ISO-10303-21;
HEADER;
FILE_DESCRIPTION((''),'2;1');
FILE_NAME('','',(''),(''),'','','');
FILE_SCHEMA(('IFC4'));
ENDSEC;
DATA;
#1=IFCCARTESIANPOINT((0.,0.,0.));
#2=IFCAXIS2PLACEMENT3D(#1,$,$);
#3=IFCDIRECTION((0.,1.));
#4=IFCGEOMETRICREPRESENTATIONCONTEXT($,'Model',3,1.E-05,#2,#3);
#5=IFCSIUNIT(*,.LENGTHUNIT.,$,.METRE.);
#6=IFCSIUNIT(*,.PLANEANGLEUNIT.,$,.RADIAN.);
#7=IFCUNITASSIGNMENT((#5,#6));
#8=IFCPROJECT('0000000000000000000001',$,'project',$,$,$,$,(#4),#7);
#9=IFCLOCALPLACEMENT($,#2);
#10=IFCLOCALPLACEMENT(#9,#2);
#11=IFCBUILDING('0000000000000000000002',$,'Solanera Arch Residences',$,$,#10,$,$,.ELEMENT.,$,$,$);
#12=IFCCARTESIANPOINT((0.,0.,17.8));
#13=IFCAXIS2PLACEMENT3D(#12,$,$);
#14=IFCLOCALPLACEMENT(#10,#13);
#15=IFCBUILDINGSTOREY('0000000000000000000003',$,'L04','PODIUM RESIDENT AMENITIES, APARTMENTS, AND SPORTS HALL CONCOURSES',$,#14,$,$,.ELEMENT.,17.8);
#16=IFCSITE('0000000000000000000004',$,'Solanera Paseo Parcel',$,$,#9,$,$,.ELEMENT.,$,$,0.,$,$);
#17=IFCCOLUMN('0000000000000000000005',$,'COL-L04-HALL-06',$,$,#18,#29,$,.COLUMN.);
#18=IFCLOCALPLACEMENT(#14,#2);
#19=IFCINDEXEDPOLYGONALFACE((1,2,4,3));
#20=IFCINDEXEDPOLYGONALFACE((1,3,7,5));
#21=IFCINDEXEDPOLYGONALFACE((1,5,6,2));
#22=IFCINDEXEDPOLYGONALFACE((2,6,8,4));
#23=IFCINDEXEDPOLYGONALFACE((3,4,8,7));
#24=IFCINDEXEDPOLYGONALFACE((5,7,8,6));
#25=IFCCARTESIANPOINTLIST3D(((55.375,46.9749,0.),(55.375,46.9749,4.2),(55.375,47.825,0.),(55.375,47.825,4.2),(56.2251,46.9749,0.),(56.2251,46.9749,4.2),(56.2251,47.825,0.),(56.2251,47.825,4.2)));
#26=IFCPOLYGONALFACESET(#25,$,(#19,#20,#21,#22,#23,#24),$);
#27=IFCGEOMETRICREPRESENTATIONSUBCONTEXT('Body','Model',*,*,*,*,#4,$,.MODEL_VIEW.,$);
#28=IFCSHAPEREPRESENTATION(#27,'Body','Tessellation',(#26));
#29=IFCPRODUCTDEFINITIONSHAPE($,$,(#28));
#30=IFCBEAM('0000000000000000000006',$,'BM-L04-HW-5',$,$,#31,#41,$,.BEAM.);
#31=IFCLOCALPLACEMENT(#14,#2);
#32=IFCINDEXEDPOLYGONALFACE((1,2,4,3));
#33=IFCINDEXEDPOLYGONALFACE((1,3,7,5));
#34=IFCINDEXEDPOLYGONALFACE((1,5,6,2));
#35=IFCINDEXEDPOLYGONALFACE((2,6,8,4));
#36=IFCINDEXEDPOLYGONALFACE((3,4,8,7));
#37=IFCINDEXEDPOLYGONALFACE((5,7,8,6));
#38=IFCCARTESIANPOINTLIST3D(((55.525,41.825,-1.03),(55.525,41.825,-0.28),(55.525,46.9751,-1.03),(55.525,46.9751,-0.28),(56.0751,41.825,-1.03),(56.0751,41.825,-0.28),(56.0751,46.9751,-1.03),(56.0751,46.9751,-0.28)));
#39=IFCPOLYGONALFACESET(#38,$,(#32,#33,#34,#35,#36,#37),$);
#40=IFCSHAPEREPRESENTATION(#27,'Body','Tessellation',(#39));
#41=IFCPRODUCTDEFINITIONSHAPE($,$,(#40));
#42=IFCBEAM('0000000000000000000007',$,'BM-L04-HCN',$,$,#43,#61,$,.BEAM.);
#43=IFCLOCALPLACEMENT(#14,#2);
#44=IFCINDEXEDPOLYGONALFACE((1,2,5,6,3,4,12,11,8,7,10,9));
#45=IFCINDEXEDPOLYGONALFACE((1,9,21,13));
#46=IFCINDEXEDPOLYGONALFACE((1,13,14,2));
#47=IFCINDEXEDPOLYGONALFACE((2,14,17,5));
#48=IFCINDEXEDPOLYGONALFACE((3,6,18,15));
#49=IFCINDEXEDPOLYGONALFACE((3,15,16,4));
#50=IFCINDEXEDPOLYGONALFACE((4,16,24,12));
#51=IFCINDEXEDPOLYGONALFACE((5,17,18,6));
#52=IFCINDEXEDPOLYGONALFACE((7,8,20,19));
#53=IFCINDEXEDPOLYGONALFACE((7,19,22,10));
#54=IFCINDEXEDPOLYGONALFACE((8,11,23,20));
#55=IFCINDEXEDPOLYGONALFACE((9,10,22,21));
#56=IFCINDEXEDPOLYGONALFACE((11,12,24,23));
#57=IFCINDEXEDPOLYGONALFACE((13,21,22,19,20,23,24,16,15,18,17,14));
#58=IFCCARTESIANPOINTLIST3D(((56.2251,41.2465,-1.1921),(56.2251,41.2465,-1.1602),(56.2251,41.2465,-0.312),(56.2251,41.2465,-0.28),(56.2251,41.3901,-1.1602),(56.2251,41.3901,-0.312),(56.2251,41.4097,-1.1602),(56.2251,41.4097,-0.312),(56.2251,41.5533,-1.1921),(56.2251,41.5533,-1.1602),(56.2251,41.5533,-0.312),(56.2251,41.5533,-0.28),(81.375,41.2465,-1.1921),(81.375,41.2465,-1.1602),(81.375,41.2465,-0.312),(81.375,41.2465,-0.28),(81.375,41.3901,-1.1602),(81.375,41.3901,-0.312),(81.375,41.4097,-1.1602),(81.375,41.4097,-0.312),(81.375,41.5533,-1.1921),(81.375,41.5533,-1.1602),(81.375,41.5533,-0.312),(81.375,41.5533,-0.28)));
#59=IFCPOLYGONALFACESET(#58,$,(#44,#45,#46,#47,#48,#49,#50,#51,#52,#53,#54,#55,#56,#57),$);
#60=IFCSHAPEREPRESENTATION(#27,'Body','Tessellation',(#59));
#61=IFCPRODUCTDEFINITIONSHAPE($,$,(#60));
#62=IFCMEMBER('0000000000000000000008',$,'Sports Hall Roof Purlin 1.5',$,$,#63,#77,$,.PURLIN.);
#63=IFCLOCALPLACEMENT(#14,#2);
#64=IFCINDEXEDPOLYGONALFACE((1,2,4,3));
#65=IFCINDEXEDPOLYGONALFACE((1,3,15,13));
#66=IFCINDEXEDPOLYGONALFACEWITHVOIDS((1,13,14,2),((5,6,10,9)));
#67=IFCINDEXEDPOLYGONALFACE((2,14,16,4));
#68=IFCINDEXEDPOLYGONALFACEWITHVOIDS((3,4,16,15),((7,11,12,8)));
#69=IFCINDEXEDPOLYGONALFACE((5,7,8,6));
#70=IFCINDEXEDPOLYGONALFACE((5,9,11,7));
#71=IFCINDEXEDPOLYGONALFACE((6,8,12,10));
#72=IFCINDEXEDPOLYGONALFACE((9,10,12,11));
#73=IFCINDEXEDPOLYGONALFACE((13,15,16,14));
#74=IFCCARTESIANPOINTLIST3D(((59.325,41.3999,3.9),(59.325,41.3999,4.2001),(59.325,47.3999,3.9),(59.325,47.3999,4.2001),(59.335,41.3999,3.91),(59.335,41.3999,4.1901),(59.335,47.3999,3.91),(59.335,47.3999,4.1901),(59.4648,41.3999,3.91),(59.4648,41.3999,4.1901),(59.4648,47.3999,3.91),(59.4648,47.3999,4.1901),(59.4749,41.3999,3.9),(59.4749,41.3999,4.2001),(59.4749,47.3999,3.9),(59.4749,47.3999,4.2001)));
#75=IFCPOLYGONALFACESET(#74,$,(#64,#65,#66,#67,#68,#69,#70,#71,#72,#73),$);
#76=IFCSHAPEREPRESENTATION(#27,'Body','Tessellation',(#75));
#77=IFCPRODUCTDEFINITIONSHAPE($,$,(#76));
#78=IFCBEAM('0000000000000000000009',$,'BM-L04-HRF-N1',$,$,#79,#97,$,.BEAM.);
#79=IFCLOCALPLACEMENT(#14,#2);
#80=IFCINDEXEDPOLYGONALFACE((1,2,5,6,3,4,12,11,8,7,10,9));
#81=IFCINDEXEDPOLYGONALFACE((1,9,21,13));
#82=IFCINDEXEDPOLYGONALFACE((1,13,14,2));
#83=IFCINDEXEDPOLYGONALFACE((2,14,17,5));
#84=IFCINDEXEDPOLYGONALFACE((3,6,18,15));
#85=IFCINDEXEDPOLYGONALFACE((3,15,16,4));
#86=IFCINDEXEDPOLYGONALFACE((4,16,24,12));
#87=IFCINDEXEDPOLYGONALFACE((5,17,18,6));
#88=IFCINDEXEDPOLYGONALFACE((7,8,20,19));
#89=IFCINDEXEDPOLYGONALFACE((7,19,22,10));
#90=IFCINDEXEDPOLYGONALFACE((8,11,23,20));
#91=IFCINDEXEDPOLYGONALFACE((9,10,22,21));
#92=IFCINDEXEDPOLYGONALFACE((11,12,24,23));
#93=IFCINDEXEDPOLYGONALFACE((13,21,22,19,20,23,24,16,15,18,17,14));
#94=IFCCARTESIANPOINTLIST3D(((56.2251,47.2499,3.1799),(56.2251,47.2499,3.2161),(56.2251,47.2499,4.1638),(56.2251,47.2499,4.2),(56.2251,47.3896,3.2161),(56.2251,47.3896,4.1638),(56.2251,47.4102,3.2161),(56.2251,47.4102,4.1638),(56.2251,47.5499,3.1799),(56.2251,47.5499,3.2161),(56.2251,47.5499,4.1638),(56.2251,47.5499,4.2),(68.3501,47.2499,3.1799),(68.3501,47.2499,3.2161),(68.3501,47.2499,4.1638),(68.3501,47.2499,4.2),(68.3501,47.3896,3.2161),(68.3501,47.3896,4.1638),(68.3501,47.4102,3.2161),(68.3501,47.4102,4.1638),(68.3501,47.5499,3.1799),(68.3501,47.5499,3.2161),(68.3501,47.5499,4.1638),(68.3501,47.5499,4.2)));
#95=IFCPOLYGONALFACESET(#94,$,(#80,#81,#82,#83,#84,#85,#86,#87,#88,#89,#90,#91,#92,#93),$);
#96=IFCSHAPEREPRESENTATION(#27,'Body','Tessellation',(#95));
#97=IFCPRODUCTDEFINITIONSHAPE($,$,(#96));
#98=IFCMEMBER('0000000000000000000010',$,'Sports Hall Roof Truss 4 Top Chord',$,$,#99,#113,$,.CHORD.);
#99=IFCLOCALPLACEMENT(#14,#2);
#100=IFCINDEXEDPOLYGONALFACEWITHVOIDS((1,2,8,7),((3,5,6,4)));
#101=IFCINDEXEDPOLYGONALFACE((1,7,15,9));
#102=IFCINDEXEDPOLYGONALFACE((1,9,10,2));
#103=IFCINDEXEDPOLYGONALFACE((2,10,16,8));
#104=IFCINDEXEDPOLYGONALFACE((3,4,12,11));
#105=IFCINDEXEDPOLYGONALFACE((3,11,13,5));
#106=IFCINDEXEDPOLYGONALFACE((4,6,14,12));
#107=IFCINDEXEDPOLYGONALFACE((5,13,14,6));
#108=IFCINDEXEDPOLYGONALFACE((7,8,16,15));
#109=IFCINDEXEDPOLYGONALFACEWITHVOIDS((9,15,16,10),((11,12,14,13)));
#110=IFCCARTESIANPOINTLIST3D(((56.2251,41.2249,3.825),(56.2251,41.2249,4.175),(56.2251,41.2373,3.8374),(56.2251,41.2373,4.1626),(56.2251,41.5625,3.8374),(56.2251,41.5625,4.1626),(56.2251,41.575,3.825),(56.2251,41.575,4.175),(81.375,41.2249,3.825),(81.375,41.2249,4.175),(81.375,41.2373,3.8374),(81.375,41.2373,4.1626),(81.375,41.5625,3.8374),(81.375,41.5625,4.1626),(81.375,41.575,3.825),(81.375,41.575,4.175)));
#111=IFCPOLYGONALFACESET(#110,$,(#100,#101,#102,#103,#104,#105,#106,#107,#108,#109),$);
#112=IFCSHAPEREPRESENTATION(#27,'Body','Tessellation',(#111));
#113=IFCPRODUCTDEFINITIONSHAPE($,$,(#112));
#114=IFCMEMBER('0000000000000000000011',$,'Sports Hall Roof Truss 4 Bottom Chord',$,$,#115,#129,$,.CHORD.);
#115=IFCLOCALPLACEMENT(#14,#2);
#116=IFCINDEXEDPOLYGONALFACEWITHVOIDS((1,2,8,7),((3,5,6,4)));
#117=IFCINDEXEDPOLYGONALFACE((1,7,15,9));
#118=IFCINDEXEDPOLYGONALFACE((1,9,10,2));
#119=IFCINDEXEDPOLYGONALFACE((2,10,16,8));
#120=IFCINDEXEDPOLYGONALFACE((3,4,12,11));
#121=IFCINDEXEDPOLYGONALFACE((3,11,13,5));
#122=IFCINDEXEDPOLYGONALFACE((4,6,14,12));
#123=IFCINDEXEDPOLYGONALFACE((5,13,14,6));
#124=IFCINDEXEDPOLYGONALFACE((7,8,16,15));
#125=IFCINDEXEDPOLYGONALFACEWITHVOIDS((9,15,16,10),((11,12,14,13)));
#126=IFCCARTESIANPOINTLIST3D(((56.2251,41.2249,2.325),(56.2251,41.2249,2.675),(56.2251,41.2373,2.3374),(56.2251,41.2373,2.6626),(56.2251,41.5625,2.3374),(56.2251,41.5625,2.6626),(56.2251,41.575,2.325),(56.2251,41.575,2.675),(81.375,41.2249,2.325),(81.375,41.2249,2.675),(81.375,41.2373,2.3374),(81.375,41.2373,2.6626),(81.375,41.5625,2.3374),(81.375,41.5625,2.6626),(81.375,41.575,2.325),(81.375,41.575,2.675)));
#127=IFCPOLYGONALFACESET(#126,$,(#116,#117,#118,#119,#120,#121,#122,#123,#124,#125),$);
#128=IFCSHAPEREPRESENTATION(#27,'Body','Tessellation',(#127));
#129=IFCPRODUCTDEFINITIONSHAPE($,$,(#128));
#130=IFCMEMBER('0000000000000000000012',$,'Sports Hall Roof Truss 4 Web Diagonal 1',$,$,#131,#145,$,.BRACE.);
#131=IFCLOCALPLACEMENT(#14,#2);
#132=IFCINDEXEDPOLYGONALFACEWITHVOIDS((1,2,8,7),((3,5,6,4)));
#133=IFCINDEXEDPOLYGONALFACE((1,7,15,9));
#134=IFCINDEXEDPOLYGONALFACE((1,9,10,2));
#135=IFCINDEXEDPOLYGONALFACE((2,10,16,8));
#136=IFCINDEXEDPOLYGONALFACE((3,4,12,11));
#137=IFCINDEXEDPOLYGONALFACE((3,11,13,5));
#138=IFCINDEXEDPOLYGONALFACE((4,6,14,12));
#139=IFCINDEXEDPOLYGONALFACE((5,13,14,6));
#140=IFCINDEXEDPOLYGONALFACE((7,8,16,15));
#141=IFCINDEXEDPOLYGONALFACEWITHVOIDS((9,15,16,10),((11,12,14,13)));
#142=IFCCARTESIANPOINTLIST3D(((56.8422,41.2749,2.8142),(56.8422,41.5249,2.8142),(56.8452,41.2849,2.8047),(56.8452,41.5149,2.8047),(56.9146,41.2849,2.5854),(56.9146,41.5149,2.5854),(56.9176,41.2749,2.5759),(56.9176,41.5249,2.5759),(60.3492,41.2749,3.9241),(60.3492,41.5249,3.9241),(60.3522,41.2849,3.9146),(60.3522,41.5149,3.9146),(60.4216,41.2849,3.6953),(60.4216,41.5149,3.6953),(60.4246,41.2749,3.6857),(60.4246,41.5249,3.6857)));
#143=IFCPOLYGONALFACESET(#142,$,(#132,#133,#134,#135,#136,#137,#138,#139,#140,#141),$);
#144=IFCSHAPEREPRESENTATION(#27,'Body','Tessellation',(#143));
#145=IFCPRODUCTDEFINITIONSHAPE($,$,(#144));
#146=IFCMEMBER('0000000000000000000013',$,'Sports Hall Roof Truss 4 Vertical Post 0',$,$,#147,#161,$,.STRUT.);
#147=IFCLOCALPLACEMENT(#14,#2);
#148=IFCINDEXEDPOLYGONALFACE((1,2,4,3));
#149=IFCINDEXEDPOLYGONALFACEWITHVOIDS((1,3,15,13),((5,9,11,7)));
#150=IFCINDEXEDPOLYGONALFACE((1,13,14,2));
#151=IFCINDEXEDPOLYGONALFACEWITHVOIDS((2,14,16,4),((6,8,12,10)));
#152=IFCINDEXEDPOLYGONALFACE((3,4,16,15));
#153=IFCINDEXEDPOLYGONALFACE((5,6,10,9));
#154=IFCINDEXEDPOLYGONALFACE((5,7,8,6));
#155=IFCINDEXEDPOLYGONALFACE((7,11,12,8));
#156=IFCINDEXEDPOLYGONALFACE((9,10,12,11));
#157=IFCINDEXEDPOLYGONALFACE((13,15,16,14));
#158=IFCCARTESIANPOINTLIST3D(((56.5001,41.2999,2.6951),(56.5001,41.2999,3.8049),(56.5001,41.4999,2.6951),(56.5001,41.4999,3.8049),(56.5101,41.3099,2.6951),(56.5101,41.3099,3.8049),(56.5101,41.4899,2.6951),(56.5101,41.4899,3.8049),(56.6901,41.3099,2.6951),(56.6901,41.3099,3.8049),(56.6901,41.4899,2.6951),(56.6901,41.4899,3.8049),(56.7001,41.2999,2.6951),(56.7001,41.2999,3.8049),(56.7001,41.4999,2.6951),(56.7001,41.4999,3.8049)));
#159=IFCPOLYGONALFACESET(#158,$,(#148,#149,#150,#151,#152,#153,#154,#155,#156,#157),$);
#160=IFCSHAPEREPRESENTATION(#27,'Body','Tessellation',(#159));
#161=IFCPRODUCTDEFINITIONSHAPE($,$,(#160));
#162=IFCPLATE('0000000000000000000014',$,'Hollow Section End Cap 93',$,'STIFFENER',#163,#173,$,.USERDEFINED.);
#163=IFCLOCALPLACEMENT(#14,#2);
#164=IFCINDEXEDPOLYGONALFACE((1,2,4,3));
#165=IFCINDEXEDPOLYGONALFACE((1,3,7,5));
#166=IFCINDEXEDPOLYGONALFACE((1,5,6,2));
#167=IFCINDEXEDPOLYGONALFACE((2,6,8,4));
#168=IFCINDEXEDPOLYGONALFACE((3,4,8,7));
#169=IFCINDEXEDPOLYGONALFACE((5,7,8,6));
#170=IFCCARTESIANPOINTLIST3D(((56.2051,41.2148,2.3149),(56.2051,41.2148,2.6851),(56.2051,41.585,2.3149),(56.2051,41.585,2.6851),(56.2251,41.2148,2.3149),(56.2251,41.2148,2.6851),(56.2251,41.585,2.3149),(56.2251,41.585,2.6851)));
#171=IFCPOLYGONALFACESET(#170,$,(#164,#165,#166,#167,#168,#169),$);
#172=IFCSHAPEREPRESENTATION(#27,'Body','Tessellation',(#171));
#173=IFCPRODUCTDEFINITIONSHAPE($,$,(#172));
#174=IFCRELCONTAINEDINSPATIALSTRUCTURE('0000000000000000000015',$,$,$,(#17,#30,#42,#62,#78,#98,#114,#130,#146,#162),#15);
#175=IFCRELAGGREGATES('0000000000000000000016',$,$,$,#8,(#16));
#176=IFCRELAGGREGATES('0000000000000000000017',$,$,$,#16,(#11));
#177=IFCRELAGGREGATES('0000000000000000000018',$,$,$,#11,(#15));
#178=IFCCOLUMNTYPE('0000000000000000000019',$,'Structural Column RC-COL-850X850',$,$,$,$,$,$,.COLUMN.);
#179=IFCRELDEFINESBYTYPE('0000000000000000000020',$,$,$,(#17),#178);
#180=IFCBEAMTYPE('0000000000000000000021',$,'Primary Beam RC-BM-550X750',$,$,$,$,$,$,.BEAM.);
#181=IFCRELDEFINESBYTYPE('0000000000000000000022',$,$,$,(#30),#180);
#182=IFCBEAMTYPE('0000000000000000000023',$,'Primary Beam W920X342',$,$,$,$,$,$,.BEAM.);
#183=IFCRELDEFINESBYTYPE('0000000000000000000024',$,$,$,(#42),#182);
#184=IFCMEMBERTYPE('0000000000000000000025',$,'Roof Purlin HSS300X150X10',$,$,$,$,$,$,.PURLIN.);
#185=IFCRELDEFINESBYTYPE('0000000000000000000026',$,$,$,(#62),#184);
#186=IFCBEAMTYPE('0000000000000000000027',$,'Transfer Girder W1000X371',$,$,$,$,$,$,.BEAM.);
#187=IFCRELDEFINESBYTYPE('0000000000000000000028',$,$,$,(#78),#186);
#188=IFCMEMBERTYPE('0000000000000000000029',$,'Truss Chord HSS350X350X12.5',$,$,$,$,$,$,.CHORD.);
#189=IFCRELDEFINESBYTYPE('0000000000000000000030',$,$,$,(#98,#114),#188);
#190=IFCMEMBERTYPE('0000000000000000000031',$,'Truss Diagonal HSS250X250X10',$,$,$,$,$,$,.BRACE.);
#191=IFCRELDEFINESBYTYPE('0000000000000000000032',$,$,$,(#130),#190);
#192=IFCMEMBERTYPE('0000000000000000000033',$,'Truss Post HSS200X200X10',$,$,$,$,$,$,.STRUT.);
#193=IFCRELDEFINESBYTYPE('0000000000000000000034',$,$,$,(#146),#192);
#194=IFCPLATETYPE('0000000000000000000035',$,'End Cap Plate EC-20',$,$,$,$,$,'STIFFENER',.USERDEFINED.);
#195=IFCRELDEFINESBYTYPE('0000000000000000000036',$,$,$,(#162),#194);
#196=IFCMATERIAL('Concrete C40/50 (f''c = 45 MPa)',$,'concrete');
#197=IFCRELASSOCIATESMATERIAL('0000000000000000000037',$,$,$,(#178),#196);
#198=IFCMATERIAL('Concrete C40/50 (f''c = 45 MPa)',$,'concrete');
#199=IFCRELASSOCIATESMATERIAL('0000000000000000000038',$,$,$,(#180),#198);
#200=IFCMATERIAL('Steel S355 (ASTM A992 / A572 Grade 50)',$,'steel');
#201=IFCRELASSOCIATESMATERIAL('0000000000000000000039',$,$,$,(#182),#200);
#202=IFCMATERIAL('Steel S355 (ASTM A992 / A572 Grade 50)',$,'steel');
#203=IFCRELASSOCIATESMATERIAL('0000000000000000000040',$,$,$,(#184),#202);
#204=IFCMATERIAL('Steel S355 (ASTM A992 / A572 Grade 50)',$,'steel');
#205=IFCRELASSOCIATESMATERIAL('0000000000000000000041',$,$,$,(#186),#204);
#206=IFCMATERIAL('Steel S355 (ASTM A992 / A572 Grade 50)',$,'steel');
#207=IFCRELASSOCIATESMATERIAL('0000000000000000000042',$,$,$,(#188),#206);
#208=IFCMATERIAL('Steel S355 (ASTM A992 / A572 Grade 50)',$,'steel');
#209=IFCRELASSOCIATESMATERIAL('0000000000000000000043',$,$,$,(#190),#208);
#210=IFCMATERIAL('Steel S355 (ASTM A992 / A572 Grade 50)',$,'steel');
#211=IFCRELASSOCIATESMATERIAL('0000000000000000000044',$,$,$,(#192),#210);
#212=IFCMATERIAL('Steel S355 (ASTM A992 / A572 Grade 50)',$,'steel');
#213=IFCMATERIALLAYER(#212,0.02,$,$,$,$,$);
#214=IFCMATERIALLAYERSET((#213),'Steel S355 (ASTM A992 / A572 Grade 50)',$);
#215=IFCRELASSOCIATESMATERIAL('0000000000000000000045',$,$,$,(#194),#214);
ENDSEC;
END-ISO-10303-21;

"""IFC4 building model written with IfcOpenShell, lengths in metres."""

from ifc_helpers import new_model, si_unit, direction, frame, origin, origin_2d, place, context, subcontext, project, spatial, rectangle, hollow_rectangle, i_section, extrude, material, layer, layer_set, material_profile, profile_set, type_object, element, save


model = new_model("IFC4")

# Units and contexts
model_context = context("Model", 3, precision=1e-05, world=origin(), true_north=direction((0.0, 1.0)))
body_context = subcontext(model_context, "Body", "Model", "MODEL_VIEW")
ifc_project = project(units=[si_unit("LENGTHUNIT", "METRE"), si_unit("PLANEANGLEUNIT", "RADIAN")], contexts=[model_context])

# Site, building, storey
site_placement = place(None, origin())
site = spatial("IfcSite", under=ifc_project, at=site_placement, Name="Solanera Paseo Parcel", CompositionType="ELEMENT", RefElevation=0.0)
building_placement = place(site_placement, origin())
building = spatial("IfcBuilding", under=site, at=building_placement, Name="Solanera Arch Residences", CompositionType="ELEMENT")
storey_placement = place(building_placement, frame((0.0, 0.0, 17.8)))
storey = spatial("IfcBuildingStorey", under=building, at=storey_placement, Name="L04", Description="PODIUM RESIDENT AMENITIES, APARTMENTS, AND SPORTS HALL CONCOURSES", CompositionType="ELEMENT", Elevation=17.8)

# Column
ifc_material_1 = material(Name="Concrete C40/50 (f'c = 45 MPa)", Category="concrete")
ifc_material_profile_1 = material_profile(ifc_material_1, rectangle(XDim=0.8501, YDim=0.8501, at=origin_2d()))
ifc_profile_set_1 = profile_set([ifc_material_profile_1], Name="Concrete C40/50 (f'c = 45 MPa)")
column_type = type_object("IfcColumnType", Name="Structural Column RC-COL-850X850", PredefinedType="COLUMN", material=ifc_profile_set_1)
column_placement = place(storey_placement, frame((55.8, 47.3999, 0.0), z_axis=(0.0, 0.0, 1.0), x_axis=(1.0, 0.0, 0.0)))
element("IfcColumn", 1, at=column_placement, inside=storey, type_object=column_type, Name="COL-L04-HALL-06", PredefinedType="COLUMN", context=body_context, shape_type="SweptSolid", body=[
    extrude(rectangle(XDim=0.8501, YDim=0.8501, at=origin_2d()), origin(), (0.0, 0.0, 1.0), 4.2),
])

# Beams
ifc_material_2 = material(Name="Concrete C40/50 (f'c = 45 MPa)", Category="concrete")
ifc_material_profile_2 = material_profile(ifc_material_2, rectangle(XDim=0.55, YDim=0.75, at=origin_2d()))
ifc_profile_set_2 = profile_set([ifc_material_profile_2], Name="Concrete C40/50 (f'c = 45 MPa)")
beam_type_1 = type_object("IfcBeamType", Name="Primary Beam RC-BM-550X750", PredefinedType="BEAM", material=ifc_profile_set_2)
beam_1_placement = place(storey_placement, frame((55.8, 41.825, -0.655), z_axis=(0.0, 1.0, 0.0), x_axis=(-1.0, 0.0, 0.0)))
element("IfcBeam", 2, at=beam_1_placement, inside=storey, type_object=beam_type_1, Name="BM-L04-HW-5", PredefinedType="BEAM", context=body_context, shape_type="SweptSolid", body=[
    extrude(rectangle(XDim=0.55, YDim=0.75, at=origin_2d()), origin(), (0.0, 0.0, 1.0), 5.1501),
])
ifc_material_3 = material(Name="Steel S355 (ASTM A992 / A572 Grade 50)", Category="steel")
ifc_material_profile_3 = material_profile(ifc_material_3, i_section(OverallWidth=0.3069, OverallDepth=0.9121, WebThickness=0.0195, FlangeThickness=0.032, at=origin_2d()))
ifc_profile_set_3 = profile_set([ifc_material_profile_3], Name="Steel S355 (ASTM A992 / A572 Grade 50)")
beam_type_2 = type_object("IfcBeamType", Name="Primary Beam W920X342", PredefinedType="BEAM", material=ifc_profile_set_3)
beam_2_placement = place(storey_placement, frame((56.2251, 41.3999, -0.7361), z_axis=(1.0, 0.0, 0.0), x_axis=(0.0, 1.0, 0.0)))
element("IfcBeam", 3, at=beam_2_placement, inside=storey, type_object=beam_type_2, Name="BM-L04-HCN", PredefinedType="BEAM", context=body_context, shape_type="SweptSolid", body=[
    extrude(i_section(OverallWidth=0.3069, OverallDepth=0.9121, WebThickness=0.0195, FlangeThickness=0.032, at=origin_2d()), origin(), (0.0, 0.0, 1.0), 25.1499),
])

# Member
ifc_material_4 = material(Name="Steel S355 (ASTM A992 / A572 Grade 50)", Category="steel")
ifc_material_profile_4 = material_profile(ifc_material_4, hollow_rectangle(XDim=0.1499, YDim=0.3, WallThickness=0.01, at=origin_2d()))
ifc_profile_set_4 = profile_set([ifc_material_profile_4], Name="Steel S355 (ASTM A992 / A572 Grade 50)")
member_type_1 = type_object("IfcMemberType", Name="Roof Purlin HSS300X150X10", PredefinedType="PURLIN", material=ifc_profile_set_4)
member_1_placement = place(storey_placement, frame((59.3999, 41.3999, 4.05), z_axis=(0.0, 1.0, 0.0), x_axis=(-1.0, 0.0, 0.0)))
element("IfcMember", 4, at=member_1_placement, inside=storey, type_object=member_type_1, Name="Sports Hall Roof Purlin 1.5", PredefinedType="PURLIN", context=body_context, shape_type="SweptSolid", body=[
    extrude(hollow_rectangle(XDim=0.1499, YDim=0.3, WallThickness=0.01, at=origin_2d()), origin(), (0.0, 0.0, 1.0), 6.0),
])

# Beam
ifc_material_5 = material(Name="Steel S355 (ASTM A992 / A572 Grade 50)", Category="steel")
ifc_material_profile_5 = material_profile(ifc_material_5, i_section(OverallWidth=0.3, OverallDepth=1.02, WebThickness=0.0205, FlangeThickness=0.0361, at=origin_2d()))
ifc_profile_set_5 = profile_set([ifc_material_profile_5], Name="Steel S355 (ASTM A992 / A572 Grade 50)")
beam_type_3 = type_object("IfcBeamType", Name="Transfer Girder W1000X371", PredefinedType="BEAM", material=ifc_profile_set_5)
beam_3_placement = place(storey_placement, frame((56.2251, 47.3999, 3.6899), z_axis=(1.0, 0.0, 0.0), x_axis=(0.0, 1.0, 0.0)))
element("IfcBeam", 5, at=beam_3_placement, inside=storey, type_object=beam_type_3, Name="BM-L04-HRF-N1", PredefinedType="BEAM", context=body_context, shape_type="SweptSolid", body=[
    extrude(i_section(OverallWidth=0.3, OverallDepth=1.02, WebThickness=0.0205, FlangeThickness=0.0361, at=origin_2d()), origin(), (0.0, 0.0, 1.0), 12.125),
])

# Members
ifc_material_6 = material(Name="Steel S355 (ASTM A992 / A572 Grade 50)", Category="steel")
ifc_material_profile_6 = material_profile(ifc_material_6, hollow_rectangle(XDim=0.3501, YDim=0.3501, WallThickness=0.0125, at=origin_2d()))
ifc_profile_set_6 = profile_set([ifc_material_profile_6], Name="Steel S355 (ASTM A992 / A572 Grade 50)")
member_type_2 = type_object("IfcMemberType", Name="Truss Chord HSS350X350X12.5", PredefinedType="CHORD", material=ifc_profile_set_6)
for number, where, z_axis, x_axis, name in (
    (6, (56.2251, 41.3999, 4.0), (1.0, 0.0, 0.0), (0.0, 1.0, 0.0), "Sports Hall Roof Truss 4 Top Chord"),
    (7, (56.2251, 41.3999, 2.5), (1.0, 0.0, 0.0), (0.0, 1.0, 0.0), "Sports Hall Roof Truss 4 Bottom Chord"),
):
    element("IfcMember", number, at=place(storey_placement, frame(where, z_axis=z_axis, x_axis=x_axis)), inside=storey, type_object=member_type_2, Name=name, PredefinedType="CHORD", context=body_context, shape_type="SweptSolid", body=[
        extrude(hollow_rectangle(XDim=0.3501, YDim=0.3501, WallThickness=0.0125, at=origin_2d()), origin(), (0.0, 0.0, 1.0), 25.1499),
    ])
ifc_material_7 = material(Name="Steel S355 (ASTM A992 / A572 Grade 50)", Category="steel")
ifc_material_profile_7 = material_profile(ifc_material_7, hollow_rectangle(XDim=0.25, YDim=0.25, WallThickness=0.01, at=origin_2d()))
ifc_profile_set_7 = profile_set([ifc_material_profile_7], Name="Steel S355 (ASTM A992 / A572 Grade 50)")
member_type_3 = type_object("IfcMemberType", Name="Truss Diagonal HSS250X250X10", PredefinedType="BRACE", material=ifc_profile_set_7)
member_2_placement = place(storey_placement, frame((56.8799, 41.3999, 2.6951), z_axis=(0.953398, 0.0, 0.301716), x_axis=(0.0, 1.0, 0.0)))
element("IfcMember", 8, at=member_2_placement, inside=storey, type_object=member_type_3, Name="Sports Hall Roof Truss 4 Web Diagonal 1", PredefinedType="BRACE", context=body_context, shape_type="SweptSolid", body=[
    extrude(hollow_rectangle(XDim=0.25, YDim=0.25, WallThickness=0.01, at=origin_2d()), origin(), (0.0, 0.0, 1.0), 3.6785),
])
ifc_material_8 = material(Name="Steel S355 (ASTM A992 / A572 Grade 50)", Category="steel")
ifc_material_profile_8 = material_profile(ifc_material_8, hollow_rectangle(XDim=0.2, YDim=0.2, WallThickness=0.01, at=origin_2d()))
ifc_profile_set_8 = profile_set([ifc_material_profile_8], Name="Steel S355 (ASTM A992 / A572 Grade 50)")
member_type_4 = type_object("IfcMemberType", Name="Truss Post HSS200X200X10", PredefinedType="STRUT", material=ifc_profile_set_8)
member_3_placement = place(storey_placement, frame((56.6001, 41.3999, 2.6951), z_axis=(0.0, 0.0, 1.0), x_axis=(1.0, 0.0, 0.0)))
element("IfcMember", 9, at=member_3_placement, inside=storey, type_object=member_type_4, Name="Sports Hall Roof Truss 4 Vertical Post 0", PredefinedType="STRUT", context=body_context, shape_type="SweptSolid", body=[
    extrude(hollow_rectangle(XDim=0.2, YDim=0.2, WallThickness=0.01, at=origin_2d()), origin(), (0.0, 0.0, 1.0), 1.1099),
])

# Plate
ifc_material_9 = material(Name="Steel S355 (ASTM A992 / A572 Grade 50)", Category="steel")
ifc_layer_1 = layer(ifc_material_9, 0.02)
ifc_layer_set_1 = layer_set([ifc_layer_1], Name="Steel S355 (ASTM A992 / A572 Grade 50)")
plate_type_1 = type_object("IfcPlateType", Name="End Cap Plate EC-20", ElementType="STIFFENER", PredefinedType="USERDEFINED", material=ifc_layer_set_1)
plate_1_placement = place(storey_placement, frame((56.2151, 41.3999, 2.3149), z_axis=(0.0, 0.0, 1.0), x_axis=(-1.0, 0.0, 0.0)))
element("IfcPlate", 10, at=plate_1_placement, inside=storey, type_object=plate_type_1, Name="Hollow Section End Cap 93", ObjectType="STIFFENER", PredefinedType="USERDEFINED", context=body_context, shape_type="SweptSolid", body=[
    extrude(rectangle(XDim=0.02, YDim=0.3701, at=origin_2d()), origin(), (0.0, 0.0, 1.0), 0.3701),
])

save(model, "model.ifc")
